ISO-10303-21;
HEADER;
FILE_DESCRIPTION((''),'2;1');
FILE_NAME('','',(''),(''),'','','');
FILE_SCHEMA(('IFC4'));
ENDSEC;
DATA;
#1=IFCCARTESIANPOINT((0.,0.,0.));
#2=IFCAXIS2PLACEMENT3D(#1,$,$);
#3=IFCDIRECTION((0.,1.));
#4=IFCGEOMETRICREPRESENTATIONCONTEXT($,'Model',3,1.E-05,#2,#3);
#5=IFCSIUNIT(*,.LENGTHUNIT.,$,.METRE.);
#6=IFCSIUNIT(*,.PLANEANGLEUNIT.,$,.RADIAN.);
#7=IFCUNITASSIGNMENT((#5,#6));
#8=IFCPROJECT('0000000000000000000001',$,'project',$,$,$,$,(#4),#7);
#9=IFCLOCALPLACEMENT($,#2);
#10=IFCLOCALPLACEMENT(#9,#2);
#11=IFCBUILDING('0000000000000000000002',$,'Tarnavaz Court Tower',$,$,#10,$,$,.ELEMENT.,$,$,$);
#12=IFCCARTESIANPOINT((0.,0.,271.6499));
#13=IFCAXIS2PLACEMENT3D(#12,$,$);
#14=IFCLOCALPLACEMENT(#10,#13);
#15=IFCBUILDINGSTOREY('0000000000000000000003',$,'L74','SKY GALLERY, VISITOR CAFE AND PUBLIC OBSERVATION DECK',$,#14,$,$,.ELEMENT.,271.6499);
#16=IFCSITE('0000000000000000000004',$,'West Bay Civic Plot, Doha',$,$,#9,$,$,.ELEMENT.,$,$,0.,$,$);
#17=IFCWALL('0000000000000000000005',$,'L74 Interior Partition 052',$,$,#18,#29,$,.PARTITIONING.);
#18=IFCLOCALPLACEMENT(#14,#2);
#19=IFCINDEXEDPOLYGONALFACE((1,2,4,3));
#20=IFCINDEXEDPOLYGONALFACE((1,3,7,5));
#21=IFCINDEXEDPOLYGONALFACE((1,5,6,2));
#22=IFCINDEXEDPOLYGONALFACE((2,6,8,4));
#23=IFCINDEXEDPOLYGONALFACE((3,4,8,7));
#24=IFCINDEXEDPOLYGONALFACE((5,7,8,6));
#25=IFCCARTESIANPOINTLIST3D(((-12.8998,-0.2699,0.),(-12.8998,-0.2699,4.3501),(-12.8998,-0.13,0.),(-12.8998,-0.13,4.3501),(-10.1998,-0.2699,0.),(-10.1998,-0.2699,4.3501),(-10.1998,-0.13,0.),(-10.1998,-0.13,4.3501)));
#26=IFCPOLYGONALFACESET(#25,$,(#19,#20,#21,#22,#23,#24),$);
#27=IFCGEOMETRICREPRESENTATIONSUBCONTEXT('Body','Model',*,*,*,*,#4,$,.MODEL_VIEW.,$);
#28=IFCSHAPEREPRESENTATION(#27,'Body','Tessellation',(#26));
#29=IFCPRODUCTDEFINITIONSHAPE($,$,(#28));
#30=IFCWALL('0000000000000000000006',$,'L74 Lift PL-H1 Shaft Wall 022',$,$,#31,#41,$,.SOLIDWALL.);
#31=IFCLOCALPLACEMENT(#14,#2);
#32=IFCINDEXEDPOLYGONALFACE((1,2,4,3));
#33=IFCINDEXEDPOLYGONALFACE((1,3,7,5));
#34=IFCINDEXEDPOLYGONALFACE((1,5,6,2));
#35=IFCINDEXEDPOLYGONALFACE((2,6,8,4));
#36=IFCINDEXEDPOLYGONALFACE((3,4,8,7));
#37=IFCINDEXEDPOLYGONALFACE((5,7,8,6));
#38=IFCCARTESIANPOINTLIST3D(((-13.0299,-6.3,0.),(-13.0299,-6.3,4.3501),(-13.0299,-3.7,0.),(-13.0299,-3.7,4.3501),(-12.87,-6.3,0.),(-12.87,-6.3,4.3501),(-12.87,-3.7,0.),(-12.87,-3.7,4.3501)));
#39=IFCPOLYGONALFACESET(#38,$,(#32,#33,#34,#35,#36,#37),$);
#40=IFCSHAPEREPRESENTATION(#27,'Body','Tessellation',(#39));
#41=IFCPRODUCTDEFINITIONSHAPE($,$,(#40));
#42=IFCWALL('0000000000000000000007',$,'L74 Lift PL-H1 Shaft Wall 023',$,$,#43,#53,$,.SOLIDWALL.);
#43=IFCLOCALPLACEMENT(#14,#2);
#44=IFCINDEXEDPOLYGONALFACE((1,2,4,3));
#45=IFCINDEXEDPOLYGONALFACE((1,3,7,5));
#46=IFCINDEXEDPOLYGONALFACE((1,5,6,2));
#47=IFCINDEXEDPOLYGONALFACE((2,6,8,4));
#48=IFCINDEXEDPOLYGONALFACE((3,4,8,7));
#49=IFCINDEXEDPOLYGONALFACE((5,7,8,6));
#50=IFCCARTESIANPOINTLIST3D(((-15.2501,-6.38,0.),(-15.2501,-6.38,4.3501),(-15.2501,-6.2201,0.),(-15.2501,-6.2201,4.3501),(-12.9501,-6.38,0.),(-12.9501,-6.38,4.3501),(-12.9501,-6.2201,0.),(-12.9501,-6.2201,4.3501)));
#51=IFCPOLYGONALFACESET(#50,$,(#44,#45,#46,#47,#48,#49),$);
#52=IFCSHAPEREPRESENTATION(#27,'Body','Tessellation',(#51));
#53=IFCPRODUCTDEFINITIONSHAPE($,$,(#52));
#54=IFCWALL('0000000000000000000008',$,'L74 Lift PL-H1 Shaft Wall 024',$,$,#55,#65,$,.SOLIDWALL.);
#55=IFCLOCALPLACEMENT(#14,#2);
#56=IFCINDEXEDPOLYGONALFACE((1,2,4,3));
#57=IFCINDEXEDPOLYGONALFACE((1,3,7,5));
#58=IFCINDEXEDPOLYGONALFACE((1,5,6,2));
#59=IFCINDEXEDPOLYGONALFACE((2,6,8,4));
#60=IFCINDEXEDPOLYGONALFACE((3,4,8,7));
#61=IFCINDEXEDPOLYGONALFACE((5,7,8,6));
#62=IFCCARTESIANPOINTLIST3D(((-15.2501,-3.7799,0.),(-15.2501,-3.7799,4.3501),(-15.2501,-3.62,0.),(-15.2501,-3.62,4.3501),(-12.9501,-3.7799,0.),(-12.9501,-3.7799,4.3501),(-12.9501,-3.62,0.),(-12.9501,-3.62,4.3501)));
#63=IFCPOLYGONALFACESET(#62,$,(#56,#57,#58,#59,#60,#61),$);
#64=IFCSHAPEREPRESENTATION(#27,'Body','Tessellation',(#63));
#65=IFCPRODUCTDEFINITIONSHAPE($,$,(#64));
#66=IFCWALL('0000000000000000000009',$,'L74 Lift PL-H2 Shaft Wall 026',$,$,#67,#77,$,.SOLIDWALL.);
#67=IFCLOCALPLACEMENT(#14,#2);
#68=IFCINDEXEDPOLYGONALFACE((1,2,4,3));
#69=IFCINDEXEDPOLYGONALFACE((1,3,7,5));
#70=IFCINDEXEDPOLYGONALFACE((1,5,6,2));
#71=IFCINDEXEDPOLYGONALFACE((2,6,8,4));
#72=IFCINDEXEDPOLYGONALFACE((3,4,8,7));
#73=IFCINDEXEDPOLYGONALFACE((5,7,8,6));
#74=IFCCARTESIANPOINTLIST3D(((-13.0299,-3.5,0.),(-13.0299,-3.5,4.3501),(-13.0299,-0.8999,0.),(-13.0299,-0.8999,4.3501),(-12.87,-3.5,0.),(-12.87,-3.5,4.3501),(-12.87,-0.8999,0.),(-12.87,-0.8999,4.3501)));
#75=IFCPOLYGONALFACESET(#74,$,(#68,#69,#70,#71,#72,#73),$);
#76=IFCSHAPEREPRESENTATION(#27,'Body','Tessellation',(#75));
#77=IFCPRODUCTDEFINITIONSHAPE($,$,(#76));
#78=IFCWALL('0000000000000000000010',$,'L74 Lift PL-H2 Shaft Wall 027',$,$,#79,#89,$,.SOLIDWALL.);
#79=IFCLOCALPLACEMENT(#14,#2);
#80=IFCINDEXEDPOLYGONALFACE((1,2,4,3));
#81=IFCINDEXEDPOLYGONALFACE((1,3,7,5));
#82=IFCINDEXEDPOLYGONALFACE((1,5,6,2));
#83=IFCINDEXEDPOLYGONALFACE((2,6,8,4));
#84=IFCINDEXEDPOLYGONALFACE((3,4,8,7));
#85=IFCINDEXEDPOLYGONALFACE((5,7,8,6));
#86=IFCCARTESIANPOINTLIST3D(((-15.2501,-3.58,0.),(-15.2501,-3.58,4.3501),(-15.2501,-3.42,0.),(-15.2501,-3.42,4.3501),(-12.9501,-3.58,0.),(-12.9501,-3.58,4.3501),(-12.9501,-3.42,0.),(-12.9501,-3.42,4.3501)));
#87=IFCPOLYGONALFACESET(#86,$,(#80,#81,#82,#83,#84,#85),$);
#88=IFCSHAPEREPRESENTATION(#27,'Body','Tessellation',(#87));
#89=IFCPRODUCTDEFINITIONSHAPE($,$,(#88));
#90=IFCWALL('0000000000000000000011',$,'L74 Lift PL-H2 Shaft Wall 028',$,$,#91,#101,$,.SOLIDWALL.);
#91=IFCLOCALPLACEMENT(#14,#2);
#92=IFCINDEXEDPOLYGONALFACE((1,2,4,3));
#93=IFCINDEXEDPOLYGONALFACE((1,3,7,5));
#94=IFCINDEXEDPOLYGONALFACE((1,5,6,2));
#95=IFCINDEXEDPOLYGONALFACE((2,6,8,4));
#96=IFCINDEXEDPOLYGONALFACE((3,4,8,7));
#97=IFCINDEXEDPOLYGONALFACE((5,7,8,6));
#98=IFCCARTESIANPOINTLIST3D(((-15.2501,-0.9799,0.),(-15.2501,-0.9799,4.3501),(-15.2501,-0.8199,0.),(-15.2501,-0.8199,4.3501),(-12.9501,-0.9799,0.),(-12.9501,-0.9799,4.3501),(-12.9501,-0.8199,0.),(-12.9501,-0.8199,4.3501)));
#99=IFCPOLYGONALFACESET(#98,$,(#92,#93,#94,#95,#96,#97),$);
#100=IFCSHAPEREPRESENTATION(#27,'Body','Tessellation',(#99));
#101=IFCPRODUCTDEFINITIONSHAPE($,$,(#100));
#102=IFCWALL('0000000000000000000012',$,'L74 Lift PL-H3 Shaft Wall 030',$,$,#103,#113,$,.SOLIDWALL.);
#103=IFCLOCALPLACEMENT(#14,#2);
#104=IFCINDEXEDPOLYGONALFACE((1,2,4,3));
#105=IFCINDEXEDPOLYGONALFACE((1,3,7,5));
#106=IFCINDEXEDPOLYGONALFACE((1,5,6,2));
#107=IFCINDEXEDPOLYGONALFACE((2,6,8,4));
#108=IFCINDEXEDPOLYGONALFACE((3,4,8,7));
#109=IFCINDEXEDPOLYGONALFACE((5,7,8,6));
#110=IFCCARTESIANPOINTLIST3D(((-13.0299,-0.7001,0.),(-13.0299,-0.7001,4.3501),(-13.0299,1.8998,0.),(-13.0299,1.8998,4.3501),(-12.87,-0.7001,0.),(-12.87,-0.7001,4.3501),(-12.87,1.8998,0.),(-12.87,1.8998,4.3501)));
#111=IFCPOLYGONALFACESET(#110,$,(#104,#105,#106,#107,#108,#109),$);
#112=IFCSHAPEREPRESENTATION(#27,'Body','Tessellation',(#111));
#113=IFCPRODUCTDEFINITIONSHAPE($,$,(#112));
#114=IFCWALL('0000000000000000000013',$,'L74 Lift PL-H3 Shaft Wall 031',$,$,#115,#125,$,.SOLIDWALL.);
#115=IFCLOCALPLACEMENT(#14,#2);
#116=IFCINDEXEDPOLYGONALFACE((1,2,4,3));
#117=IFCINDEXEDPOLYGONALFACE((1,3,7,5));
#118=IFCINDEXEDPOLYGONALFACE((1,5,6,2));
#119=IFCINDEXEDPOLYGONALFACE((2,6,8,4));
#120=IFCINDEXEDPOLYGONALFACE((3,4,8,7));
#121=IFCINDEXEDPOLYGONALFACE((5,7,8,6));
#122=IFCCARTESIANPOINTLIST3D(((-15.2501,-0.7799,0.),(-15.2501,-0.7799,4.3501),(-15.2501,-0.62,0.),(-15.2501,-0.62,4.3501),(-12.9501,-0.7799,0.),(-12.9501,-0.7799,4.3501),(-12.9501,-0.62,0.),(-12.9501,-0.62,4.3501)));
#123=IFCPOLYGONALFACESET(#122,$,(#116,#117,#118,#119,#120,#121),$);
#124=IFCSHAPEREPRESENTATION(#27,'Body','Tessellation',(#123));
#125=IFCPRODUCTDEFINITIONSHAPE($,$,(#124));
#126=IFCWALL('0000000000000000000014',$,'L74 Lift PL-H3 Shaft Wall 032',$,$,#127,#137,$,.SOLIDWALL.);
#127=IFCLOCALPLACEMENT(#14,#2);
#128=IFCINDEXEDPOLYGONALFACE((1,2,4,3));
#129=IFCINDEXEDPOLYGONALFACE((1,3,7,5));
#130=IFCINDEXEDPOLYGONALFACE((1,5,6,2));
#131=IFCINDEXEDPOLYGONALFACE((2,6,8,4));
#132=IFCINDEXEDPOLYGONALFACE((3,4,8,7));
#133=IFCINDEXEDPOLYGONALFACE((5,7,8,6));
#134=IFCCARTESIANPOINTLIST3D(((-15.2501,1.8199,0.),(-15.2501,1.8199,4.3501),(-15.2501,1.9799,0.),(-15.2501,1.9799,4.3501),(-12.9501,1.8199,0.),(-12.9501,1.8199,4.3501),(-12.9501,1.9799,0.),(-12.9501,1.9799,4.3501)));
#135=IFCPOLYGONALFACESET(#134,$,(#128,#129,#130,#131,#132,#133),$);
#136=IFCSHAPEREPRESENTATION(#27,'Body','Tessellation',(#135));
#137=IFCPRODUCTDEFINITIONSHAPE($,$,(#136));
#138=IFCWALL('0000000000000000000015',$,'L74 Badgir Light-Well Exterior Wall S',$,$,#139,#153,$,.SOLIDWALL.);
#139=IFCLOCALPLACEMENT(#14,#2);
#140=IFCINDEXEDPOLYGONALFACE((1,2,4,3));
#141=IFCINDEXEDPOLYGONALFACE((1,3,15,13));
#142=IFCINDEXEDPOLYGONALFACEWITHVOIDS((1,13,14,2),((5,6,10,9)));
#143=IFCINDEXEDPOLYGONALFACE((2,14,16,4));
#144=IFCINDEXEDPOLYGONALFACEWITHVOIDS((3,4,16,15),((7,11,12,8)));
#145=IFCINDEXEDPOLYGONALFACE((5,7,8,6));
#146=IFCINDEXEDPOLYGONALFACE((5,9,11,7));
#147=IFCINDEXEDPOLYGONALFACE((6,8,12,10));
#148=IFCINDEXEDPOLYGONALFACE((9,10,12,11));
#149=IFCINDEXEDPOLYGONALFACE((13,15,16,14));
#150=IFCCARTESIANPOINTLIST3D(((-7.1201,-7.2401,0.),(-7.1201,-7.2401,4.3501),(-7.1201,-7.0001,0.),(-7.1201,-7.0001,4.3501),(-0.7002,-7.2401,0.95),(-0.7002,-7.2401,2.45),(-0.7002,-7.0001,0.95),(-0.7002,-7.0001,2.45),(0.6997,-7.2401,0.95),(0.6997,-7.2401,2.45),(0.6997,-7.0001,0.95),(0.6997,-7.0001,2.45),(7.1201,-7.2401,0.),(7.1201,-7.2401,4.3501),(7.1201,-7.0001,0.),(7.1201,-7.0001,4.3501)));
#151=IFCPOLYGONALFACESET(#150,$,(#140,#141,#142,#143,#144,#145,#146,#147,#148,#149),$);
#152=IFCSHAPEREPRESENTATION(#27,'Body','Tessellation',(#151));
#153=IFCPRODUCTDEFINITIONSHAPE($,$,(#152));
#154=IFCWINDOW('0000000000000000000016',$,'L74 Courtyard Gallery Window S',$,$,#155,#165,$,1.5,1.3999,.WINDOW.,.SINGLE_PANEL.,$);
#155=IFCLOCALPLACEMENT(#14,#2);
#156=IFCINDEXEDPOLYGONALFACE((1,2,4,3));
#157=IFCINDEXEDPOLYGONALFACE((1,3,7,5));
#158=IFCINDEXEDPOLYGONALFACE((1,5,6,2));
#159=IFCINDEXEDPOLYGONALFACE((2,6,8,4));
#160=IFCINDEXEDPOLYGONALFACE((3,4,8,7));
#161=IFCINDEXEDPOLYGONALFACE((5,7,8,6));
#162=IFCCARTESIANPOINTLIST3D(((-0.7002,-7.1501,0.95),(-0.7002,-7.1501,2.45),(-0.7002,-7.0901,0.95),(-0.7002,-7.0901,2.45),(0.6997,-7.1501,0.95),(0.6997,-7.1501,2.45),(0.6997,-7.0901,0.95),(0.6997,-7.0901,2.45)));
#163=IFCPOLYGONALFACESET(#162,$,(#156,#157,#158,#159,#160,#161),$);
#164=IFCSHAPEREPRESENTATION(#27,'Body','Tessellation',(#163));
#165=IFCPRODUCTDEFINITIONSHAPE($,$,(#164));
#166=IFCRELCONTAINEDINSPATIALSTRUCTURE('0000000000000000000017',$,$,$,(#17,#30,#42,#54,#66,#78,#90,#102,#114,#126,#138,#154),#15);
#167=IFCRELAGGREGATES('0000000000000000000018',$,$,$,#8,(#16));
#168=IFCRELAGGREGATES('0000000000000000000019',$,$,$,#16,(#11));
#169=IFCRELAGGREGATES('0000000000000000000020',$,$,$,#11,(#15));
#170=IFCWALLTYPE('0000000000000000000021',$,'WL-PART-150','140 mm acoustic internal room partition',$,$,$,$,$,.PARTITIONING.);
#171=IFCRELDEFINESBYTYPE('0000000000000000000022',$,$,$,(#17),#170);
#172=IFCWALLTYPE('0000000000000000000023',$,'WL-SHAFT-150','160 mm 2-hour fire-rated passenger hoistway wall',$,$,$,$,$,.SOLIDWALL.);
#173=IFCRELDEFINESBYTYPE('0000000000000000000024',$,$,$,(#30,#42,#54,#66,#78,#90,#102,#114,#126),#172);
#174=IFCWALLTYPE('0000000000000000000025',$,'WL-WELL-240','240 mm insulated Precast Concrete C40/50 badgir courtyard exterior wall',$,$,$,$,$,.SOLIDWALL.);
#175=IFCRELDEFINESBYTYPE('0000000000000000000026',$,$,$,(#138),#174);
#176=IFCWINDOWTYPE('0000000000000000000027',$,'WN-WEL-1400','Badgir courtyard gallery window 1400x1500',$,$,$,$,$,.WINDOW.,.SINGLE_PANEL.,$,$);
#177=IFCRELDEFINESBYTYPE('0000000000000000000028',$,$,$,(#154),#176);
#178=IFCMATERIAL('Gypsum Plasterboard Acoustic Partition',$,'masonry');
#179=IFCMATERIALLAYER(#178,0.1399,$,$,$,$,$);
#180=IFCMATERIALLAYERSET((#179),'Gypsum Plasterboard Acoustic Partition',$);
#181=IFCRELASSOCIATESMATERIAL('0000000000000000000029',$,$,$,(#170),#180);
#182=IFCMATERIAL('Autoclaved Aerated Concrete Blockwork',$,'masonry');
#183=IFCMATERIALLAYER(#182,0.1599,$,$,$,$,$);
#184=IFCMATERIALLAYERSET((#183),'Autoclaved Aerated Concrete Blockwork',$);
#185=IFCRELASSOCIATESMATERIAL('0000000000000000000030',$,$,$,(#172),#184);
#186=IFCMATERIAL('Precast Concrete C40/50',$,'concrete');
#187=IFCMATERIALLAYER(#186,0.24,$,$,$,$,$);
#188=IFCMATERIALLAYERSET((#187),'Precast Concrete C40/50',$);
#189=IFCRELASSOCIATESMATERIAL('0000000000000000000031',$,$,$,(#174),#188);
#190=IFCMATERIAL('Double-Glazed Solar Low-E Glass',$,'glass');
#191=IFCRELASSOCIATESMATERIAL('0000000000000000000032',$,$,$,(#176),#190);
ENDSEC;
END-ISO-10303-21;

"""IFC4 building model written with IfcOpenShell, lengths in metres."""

from ifc_helpers import new_model, si_unit, direction, frame, frame_2d, origin, place, context, subcontext, project, spatial, rectangle, extrude, material, layer, layer_set, type_object, element, fill, save


model = new_model("IFC4")

# Units and contexts
model_context = context("Model", 3, precision=1e-05, world=origin(), true_north=direction((0.0, 1.0)))
body_context = subcontext(model_context, "Body", "Model", "MODEL_VIEW")
ifc_project = project(units=[si_unit("LENGTHUNIT", "METRE"), si_unit("PLANEANGLEUNIT", "RADIAN")], contexts=[model_context])

# Site, building, storey
site_placement = place(None, origin())
site = spatial("IfcSite", under=ifc_project, at=site_placement, Name="West Bay Civic Plot, Doha", CompositionType="ELEMENT", RefElevation=0.0)
building_placement = place(site_placement, origin())
building = spatial("IfcBuilding", under=site, at=building_placement, Name="Tarnavaz Court Tower", CompositionType="ELEMENT")
storey_placement = place(building_placement, frame((0.0, 0.0, 271.6499)))
storey = spatial("IfcBuildingStorey", under=building, at=storey_placement, Name="L74", Description="SKY GALLERY, VISITOR CAFE AND PUBLIC OBSERVATION DECK", CompositionType="ELEMENT", Elevation=271.6499)

# Shared definitions
ifc_material_1 = material(Name="Gypsum Plasterboard Acoustic Partition", Category="masonry")
ifc_layer_1 = layer(ifc_material_1, 0.1399)
ifc_layer_set_1 = layer_set([ifc_layer_1], Name="Gypsum Plasterboard Acoustic Partition")
wall_type_1 = type_object("IfcWallType", Name="WL-PART-150", Description="140 mm acoustic internal room partition", PredefinedType="PARTITIONING", material=ifc_layer_set_1)

# Wall
wall_1_placement = place(storey_placement, frame((-12.8999, -0.2, 0.0), z_axis=(0.0, 0.0, 1.0), x_axis=(1.0, 0.0, 0.0)))
element("IfcWall", 1, at=wall_1_placement, inside=storey, type_object=wall_type_1, Name="L74 Interior Partition 052", PredefinedType="PARTITIONING", context=body_context, shape_type="SweptSolid", body=[
    extrude(rectangle(XDim=2.7, YDim=0.1399, at=frame_2d((1.3501, 0.0))), origin(), (0.0, 0.0, 1.0), 4.3501),
])

# Shared definitions
ifc_material_2 = material(Name="Autoclaved Aerated Concrete Blockwork", Category="masonry")
ifc_layer_2 = layer(ifc_material_2, 0.1599)
ifc_layer_set_2 = layer_set([ifc_layer_2], Name="Autoclaved Aerated Concrete Blockwork")
wall_type_2 = type_object("IfcWallType", Name="WL-SHAFT-150", Description="160 mm 2-hour fire-rated passenger hoistway wall", PredefinedType="SOLIDWALL", material=ifc_layer_set_2)

# Walls
wall_2_placement = place(storey_placement, frame((-12.95, -6.3, 0.0), z_axis=(0.0, 0.0, 1.0), x_axis=(0.0, 1.0, 0.0)))
element("IfcWall", 2, at=wall_2_placement, inside=storey, type_object=wall_type_2, Name="L74 Lift PL-H1 Shaft Wall 022", PredefinedType="SOLIDWALL", context=body_context, shape_type="SweptSolid", body=[
    extrude(rectangle(XDim=2.6001, YDim=0.1599, at=frame_2d((1.3, 0.0))), origin(), (0.0, 0.0, 1.0), 4.3501),
])
for number, where, z_axis, x_axis, name in (
    (3, (-15.25, -6.3, 0.0), (0.0, 0.0, 1.0), (1.0, 0.0, 0.0), "L74 Lift PL-H1 Shaft Wall 023"),
    (4, (-15.25, -3.7, 0.0), (0.0, 0.0, 1.0), (1.0, 0.0, 0.0), "L74 Lift PL-H1 Shaft Wall 024"),
):
    element("IfcWall", number, at=place(storey_placement, frame(where, z_axis=z_axis, x_axis=x_axis)), inside=storey, type_object=wall_type_2, Name=name, PredefinedType="SOLIDWALL", context=body_context, shape_type="SweptSolid", body=[
        extrude(rectangle(XDim=2.3, YDim=0.1599, at=frame_2d((1.1499, 0.0))), origin(), (0.0, 0.0, 1.0), 4.3501),
    ])

# Walls
wall_3_placement = place(storey_placement, frame((-12.95, -3.5, 0.0), z_axis=(0.0, 0.0, 1.0), x_axis=(0.0, 1.0, 0.0)))
element("IfcWall", 5, at=wall_3_placement, inside=storey, type_object=wall_type_2, Name="L74 Lift PL-H2 Shaft Wall 026", PredefinedType="SOLIDWALL", context=body_context, shape_type="SweptSolid", body=[
    extrude(rectangle(XDim=2.6001, YDim=0.1599, at=frame_2d((1.3, 0.0))), origin(), (0.0, 0.0, 1.0), 4.3501),
])
for number, where, z_axis, x_axis, name in (
    (6, (-15.25, -3.5, 0.0), (0.0, 0.0, 1.0), (1.0, 0.0, 0.0), "L74 Lift PL-H2 Shaft Wall 027"),
    (7, (-15.25, -0.8999, 0.0), (0.0, 0.0, 1.0), (1.0, 0.0, 0.0), "L74 Lift PL-H2 Shaft Wall 028"),
):
    element("IfcWall", number, at=place(storey_placement, frame(where, z_axis=z_axis, x_axis=x_axis)), inside=storey, type_object=wall_type_2, Name=name, PredefinedType="SOLIDWALL", context=body_context, shape_type="SweptSolid", body=[
        extrude(rectangle(XDim=2.3, YDim=0.1599, at=frame_2d((1.1499, 0.0))), origin(), (0.0, 0.0, 1.0), 4.3501),
    ])

# Walls
wall_4_placement = place(storey_placement, frame((-12.95, -0.7, 0.0), z_axis=(0.0, 0.0, 1.0), x_axis=(0.0, 1.0, 0.0)))
element("IfcWall", 8, at=wall_4_placement, inside=storey, type_object=wall_type_2, Name="L74 Lift PL-H3 Shaft Wall 030", PredefinedType="SOLIDWALL", context=body_context, shape_type="SweptSolid", body=[
    extrude(rectangle(XDim=2.5999, YDim=0.1599, at=frame_2d((1.2998, 0.0))), origin(), (0.0, 0.0, 1.0), 4.3501),
])
for number, where, z_axis, x_axis, name in (
    (9, (-15.25, -0.7, 0.0), (0.0, 0.0, 1.0), (1.0, 0.0, 0.0), "L74 Lift PL-H3 Shaft Wall 031"),
    (10, (-15.25, 1.8999, 0.0), (0.0, 0.0, 1.0), (1.0, 0.0, 0.0), "L74 Lift PL-H3 Shaft Wall 032"),
):
    element("IfcWall", number, at=place(storey_placement, frame(where, z_axis=z_axis, x_axis=x_axis)), inside=storey, type_object=wall_type_2, Name=name, PredefinedType="SOLIDWALL", context=body_context, shape_type="SweptSolid", body=[
        extrude(rectangle(XDim=2.3, YDim=0.1599, at=frame_2d((1.1499, 0.0))), origin(), (0.0, 0.0, 1.0), 4.3501),
    ])

# Wall, opening, window
ifc_material_3 = material(Name="Precast Concrete C40/50", Category="concrete")
ifc_layer_3 = layer(ifc_material_3, 0.24)
ifc_layer_set_3 = layer_set([ifc_layer_3], Name="Precast Concrete C40/50")
wall_type_3 = type_object("IfcWallType", Name="WL-WELL-240", Description="240 mm insulated Precast Concrete C40/50 badgir courtyard exterior wall", PredefinedType="SOLIDWALL", material=ifc_layer_set_3)
wall_5_placement = place(storey_placement, frame((-7.1201, -7.1201, 0.0), z_axis=(0.0, 0.0, 1.0), x_axis=(1.0, 0.0, 0.0)))
wall_5 = element("IfcWall", 11, at=wall_5_placement, inside=storey, type_object=wall_type_3, Name="L74 Badgir Light-Well Exterior Wall S", PredefinedType="SOLIDWALL", context=body_context, shape_type="SweptSolid", body=[
    extrude(rectangle(XDim=14.2402, YDim=0.24, at=frame_2d((7.1201, 0.0))), origin(), (0.0, 0.0, 1.0), 4.3501),
])
opening_1_placement = place(wall_5_placement, frame((6.4199, 0.0, 0.95)))
opening_1 = element("IfcOpeningElement", 12, at=opening_1_placement, cuts=wall_5, PredefinedType="OPENING", context=body_context, shape_type="SweptSolid", body=[
    extrude(rectangle(XDim=1.3999, YDim=1.5, at=frame_2d((0.7, 0.75))), frame((0.0, 0.1299, 0.0), z_axis=(0.0, -1.0, 0.0), x_axis=(1.0, 0.0, 0.0)), (0.0, 0.0, 1.0), 0.26),
])
ifc_material_4 = material(Name="Double-Glazed Solar Low-E Glass", Category="glass")
window_type = type_object("IfcWindowType", Name="WN-WEL-1400", Description="Badgir courtyard gallery window 1400x1500", PartitioningType="SINGLE_PANEL", PredefinedType="WINDOW", material=ifc_material_4)
window_placement = place(opening_1_placement, origin())
window = element("IfcWindow", 13, at=window_placement, inside=storey, type_object=window_type, Name="L74 Courtyard Gallery Window S", OverallHeight=1.5, OverallWidth=1.3999, PartitioningType="SINGLE_PANEL", PredefinedType="WINDOW", context=body_context, shape_type="SweptSolid", body=[
    extrude(rectangle(XDim=1.3999, YDim=1.5, at=frame_2d((0.7, 0.75))), frame((0.0, 0.03, 0.0), z_axis=(0.0, -1.0, 0.0), x_axis=(1.0, 0.0, 0.0)), (0.0, 0.0, 1.0), 0.0601),
])
fill(opening_1, window)

save(model, "model.ifc")
